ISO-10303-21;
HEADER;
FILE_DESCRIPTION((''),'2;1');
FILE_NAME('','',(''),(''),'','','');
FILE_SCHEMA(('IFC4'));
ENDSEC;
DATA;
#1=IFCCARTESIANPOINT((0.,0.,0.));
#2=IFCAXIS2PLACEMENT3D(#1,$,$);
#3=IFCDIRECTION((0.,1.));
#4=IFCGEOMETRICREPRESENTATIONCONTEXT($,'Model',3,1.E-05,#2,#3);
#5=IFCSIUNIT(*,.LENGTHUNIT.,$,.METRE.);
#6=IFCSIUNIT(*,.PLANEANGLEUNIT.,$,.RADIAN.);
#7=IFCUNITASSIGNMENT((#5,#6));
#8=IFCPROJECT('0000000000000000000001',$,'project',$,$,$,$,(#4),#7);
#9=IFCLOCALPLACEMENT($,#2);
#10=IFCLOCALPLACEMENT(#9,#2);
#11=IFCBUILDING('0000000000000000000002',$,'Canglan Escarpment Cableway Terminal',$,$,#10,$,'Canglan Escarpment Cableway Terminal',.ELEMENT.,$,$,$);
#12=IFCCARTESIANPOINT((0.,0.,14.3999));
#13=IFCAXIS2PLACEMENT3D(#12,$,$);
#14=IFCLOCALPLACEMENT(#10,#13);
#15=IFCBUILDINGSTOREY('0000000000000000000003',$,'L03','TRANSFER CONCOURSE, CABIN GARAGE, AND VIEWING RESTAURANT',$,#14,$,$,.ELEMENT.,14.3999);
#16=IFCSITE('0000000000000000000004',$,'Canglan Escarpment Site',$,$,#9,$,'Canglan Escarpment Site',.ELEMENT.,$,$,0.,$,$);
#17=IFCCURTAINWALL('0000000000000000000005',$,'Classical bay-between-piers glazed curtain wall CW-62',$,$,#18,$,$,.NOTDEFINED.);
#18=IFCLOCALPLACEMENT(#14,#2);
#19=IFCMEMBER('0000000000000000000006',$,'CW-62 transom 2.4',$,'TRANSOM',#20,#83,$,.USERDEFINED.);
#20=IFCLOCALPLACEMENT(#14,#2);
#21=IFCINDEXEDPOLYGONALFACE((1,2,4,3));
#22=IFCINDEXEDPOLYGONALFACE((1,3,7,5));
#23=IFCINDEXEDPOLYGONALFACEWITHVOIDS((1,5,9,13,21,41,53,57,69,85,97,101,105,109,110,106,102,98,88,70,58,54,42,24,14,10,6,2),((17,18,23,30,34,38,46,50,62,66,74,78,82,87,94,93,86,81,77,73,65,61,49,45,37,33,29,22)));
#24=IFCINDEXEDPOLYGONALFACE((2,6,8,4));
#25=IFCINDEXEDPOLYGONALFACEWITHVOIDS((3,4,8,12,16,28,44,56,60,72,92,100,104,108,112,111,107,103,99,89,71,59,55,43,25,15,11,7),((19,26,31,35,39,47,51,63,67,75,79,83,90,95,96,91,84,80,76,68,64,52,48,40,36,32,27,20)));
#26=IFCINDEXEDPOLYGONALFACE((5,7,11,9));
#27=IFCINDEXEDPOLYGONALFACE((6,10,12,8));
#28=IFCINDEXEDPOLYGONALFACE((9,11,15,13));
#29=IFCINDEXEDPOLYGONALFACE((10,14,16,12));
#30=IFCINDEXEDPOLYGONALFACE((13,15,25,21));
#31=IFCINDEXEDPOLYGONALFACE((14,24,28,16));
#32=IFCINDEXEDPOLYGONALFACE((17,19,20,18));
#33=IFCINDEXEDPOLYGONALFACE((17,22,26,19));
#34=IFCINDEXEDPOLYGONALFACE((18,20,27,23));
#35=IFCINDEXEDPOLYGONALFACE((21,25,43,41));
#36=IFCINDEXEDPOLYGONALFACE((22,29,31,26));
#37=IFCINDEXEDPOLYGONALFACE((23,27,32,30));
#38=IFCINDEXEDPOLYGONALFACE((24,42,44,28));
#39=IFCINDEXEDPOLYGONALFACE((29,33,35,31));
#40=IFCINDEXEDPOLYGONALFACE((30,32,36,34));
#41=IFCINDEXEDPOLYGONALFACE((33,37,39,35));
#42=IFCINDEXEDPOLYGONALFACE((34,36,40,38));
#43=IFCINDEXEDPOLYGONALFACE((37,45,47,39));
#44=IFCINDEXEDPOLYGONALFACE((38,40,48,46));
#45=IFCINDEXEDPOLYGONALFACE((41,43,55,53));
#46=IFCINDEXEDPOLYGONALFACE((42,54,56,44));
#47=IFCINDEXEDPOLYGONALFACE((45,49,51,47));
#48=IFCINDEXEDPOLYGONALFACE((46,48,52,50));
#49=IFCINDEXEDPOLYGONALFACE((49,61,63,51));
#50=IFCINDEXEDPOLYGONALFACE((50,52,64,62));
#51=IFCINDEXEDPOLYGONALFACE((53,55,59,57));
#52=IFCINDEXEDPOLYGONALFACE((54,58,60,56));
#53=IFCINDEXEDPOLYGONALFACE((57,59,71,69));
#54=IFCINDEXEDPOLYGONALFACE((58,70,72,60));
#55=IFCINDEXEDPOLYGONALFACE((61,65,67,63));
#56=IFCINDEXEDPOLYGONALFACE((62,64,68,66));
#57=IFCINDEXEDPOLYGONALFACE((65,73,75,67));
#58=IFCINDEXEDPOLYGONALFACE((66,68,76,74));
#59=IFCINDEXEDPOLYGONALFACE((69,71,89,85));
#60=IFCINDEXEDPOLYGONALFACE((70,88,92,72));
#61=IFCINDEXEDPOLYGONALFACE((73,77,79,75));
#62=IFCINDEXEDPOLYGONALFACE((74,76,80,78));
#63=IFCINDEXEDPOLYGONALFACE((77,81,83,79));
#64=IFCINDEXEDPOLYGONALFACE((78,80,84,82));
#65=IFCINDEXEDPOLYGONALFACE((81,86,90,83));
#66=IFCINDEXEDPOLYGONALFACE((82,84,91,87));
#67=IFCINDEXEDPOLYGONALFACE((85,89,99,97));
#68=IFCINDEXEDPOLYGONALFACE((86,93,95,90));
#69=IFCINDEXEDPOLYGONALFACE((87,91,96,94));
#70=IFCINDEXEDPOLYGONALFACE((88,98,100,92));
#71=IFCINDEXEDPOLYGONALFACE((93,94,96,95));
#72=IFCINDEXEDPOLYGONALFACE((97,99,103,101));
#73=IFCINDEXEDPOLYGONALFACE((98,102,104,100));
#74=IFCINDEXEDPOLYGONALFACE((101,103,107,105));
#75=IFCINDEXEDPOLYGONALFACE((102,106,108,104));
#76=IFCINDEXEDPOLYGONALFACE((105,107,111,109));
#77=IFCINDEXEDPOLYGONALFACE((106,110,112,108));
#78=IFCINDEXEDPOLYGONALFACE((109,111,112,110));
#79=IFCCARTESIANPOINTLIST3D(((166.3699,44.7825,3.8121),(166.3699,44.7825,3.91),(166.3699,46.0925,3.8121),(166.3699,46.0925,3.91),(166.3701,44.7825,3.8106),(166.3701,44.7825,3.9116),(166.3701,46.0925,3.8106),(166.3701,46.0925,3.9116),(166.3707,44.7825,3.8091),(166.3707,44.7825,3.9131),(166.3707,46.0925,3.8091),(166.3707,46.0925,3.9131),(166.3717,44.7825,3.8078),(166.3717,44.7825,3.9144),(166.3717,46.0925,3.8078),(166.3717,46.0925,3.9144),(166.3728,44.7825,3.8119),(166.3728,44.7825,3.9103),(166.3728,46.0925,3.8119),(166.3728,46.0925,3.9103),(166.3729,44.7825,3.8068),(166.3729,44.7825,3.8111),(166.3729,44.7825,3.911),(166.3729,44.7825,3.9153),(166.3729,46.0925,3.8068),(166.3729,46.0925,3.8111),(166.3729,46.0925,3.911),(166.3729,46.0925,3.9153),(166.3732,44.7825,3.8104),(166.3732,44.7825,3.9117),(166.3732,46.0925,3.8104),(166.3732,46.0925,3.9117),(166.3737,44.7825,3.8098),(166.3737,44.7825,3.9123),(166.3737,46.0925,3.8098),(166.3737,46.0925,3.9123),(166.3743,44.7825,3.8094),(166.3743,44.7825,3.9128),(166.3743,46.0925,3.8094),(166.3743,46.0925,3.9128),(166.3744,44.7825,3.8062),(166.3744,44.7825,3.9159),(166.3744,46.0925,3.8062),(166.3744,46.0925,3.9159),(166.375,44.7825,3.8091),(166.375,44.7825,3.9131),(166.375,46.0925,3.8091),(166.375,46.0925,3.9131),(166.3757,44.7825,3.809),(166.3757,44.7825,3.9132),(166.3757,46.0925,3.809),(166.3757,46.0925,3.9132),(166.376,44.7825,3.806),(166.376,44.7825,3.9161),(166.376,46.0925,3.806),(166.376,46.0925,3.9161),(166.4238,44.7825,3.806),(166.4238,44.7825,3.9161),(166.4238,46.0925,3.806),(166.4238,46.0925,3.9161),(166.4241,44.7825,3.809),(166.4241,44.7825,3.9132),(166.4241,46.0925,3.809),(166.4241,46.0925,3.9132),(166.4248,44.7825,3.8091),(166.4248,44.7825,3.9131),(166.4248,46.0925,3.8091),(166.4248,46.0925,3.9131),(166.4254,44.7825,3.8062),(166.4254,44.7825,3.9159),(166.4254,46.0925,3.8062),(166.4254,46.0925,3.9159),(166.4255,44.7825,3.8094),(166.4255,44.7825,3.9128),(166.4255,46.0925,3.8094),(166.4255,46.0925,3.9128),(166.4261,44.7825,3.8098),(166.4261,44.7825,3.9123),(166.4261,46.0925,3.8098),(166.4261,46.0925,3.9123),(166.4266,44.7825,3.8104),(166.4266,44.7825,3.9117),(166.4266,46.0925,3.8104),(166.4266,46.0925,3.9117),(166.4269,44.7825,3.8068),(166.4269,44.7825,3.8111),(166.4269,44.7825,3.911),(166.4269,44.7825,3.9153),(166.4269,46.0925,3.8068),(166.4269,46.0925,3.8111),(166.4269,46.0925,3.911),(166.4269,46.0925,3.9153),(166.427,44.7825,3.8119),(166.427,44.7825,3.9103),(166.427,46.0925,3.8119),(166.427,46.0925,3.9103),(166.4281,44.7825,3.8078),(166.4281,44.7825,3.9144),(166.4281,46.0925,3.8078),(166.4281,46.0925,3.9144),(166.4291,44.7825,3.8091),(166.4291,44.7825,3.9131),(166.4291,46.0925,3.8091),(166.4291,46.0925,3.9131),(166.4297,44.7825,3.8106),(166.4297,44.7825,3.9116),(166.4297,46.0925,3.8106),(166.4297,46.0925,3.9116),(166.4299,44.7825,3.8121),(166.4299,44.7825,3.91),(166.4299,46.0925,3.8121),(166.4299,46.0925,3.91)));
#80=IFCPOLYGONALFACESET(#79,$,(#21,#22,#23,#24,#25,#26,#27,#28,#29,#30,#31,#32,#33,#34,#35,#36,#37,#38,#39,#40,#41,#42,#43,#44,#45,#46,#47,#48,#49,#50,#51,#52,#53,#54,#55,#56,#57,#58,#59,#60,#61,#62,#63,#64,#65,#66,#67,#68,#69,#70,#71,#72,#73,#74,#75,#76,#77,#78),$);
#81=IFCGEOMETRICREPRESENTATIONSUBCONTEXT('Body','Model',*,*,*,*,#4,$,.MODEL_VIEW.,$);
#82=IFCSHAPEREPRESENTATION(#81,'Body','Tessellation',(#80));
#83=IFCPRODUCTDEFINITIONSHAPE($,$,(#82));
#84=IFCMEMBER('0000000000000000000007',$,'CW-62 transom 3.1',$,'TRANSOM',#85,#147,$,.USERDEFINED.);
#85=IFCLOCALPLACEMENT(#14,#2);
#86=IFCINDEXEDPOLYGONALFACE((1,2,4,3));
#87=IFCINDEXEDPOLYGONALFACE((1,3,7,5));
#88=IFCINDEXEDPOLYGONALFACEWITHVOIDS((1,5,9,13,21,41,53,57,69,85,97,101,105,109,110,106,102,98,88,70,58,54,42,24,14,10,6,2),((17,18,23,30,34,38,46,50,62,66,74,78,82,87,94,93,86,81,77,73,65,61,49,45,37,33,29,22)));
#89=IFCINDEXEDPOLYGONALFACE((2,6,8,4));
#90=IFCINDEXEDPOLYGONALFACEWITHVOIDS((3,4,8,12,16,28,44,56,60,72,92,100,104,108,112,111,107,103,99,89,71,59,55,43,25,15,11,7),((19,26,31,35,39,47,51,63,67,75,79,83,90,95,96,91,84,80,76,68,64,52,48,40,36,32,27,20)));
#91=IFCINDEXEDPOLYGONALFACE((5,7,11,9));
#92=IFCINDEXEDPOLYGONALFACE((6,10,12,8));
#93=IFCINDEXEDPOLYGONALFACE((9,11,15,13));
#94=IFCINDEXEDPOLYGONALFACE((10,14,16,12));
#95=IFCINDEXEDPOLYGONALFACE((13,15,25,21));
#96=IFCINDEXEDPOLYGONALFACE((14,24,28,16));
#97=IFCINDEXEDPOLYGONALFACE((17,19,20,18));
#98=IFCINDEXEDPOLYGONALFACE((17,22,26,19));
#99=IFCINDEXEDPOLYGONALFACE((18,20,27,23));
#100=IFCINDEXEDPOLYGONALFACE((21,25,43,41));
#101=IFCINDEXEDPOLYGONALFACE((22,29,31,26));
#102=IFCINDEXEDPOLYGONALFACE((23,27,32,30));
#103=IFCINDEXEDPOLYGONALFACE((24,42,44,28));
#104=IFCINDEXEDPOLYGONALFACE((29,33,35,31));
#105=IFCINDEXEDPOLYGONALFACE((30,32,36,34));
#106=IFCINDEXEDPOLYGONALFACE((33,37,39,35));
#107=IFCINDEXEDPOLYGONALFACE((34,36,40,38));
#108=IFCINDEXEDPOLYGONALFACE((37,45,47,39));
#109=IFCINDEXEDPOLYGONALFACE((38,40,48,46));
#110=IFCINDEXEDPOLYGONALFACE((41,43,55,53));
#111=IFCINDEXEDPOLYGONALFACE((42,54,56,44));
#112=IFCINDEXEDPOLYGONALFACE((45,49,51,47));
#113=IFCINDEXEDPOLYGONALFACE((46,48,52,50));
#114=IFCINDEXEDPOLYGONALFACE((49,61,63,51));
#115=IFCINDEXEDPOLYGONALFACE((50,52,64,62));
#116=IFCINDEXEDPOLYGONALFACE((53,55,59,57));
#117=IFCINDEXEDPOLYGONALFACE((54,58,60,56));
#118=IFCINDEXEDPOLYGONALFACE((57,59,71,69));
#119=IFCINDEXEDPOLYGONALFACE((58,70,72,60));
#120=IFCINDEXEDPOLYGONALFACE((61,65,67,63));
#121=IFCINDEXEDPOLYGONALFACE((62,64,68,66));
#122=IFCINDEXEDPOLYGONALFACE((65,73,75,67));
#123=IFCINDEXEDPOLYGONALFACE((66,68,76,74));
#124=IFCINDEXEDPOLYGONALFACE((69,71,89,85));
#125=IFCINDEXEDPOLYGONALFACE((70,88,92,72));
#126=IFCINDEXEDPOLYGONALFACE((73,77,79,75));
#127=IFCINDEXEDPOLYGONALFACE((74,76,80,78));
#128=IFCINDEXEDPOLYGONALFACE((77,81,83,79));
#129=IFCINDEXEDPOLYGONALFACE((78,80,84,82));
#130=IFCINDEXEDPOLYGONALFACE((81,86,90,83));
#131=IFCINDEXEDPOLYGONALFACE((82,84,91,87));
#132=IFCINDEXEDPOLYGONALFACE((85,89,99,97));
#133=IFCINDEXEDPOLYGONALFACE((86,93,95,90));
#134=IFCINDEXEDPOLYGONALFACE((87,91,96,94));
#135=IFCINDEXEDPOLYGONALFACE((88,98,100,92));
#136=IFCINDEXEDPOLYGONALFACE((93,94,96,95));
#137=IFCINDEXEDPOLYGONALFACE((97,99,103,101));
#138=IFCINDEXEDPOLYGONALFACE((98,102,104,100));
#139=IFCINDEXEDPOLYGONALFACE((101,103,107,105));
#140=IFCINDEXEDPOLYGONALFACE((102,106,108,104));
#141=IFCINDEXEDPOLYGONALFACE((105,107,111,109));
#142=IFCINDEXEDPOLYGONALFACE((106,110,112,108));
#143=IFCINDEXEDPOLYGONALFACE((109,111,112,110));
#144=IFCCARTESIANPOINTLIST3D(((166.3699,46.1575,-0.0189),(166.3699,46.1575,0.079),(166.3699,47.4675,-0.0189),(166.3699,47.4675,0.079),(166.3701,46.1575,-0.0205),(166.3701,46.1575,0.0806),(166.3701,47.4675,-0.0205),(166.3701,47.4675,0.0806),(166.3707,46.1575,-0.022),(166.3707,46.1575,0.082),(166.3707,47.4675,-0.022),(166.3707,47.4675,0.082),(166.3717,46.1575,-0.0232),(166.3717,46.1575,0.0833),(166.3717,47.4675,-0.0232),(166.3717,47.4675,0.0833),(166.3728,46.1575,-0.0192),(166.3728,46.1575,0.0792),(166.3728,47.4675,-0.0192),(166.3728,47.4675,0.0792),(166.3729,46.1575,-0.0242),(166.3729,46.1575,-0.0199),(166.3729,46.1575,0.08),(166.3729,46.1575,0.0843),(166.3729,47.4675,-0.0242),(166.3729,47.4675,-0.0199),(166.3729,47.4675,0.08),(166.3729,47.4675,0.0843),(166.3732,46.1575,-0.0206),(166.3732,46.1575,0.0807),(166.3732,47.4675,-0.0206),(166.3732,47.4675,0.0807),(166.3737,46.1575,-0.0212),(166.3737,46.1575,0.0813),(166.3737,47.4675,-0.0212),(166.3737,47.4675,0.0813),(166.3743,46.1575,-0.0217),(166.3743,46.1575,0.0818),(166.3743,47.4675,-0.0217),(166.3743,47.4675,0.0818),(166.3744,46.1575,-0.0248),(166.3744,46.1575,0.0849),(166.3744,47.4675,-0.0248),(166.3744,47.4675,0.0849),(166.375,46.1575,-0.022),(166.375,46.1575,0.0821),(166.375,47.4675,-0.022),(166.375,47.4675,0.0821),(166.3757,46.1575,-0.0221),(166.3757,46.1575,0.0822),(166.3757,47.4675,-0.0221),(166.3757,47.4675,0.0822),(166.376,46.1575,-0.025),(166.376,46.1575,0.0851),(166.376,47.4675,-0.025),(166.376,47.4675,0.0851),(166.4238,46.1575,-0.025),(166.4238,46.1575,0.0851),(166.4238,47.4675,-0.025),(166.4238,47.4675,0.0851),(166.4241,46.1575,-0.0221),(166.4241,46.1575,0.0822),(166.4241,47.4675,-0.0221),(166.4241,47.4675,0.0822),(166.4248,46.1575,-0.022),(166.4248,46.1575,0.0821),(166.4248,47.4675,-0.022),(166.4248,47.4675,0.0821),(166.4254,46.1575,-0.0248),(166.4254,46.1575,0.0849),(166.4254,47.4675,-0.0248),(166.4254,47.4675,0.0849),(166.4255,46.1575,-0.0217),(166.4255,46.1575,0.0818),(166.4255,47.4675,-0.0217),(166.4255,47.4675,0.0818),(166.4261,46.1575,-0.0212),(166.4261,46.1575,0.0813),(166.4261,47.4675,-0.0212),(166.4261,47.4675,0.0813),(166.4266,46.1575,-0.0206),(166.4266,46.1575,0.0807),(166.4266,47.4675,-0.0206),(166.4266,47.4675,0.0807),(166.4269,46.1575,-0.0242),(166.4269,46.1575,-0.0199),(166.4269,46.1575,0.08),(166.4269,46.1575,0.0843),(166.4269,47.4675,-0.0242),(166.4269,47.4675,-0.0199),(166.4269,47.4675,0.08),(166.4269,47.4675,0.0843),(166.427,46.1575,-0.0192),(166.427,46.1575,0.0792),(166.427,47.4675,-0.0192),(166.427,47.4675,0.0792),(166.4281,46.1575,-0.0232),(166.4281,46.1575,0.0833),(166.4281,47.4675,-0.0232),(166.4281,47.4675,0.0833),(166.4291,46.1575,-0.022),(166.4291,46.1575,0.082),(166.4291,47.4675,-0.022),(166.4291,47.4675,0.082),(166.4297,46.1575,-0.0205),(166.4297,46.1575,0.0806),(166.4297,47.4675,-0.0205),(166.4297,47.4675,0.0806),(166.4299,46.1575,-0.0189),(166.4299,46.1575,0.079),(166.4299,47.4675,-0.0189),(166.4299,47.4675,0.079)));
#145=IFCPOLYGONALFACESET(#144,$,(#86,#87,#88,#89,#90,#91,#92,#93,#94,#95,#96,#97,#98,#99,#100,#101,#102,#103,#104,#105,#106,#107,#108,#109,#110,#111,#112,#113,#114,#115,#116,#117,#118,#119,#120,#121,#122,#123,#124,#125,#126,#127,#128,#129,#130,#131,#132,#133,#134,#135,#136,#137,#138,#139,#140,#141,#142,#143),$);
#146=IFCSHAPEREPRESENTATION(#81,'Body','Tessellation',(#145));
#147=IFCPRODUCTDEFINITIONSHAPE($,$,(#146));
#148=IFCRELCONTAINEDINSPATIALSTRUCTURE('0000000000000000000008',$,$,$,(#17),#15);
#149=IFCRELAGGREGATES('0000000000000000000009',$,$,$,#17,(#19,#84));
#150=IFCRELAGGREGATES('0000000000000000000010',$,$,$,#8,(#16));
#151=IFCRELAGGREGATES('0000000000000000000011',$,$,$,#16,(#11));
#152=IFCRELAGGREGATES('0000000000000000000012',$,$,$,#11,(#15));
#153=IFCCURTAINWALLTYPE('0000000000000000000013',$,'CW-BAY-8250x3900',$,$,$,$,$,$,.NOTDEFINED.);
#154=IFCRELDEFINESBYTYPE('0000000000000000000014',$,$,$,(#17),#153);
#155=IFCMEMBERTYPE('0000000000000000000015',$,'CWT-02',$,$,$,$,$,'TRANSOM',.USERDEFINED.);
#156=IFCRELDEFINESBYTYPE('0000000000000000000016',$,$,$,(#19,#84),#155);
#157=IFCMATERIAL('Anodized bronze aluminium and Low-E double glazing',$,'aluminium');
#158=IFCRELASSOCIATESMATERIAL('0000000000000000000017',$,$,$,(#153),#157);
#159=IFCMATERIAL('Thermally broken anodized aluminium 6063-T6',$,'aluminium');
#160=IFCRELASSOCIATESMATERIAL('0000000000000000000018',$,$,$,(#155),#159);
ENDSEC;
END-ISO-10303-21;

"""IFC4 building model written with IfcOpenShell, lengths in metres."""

from ifc_helpers import new_model, si_unit, direction, frame, origin, origin_2d, place, context, subcontext, project, spatial, hollow_rectangle, extrude, material, material_profile, profile_set, type_object, element, aggregate, save


model = new_model("IFC4")

# Units and contexts
model_context = context("Model", 3, precision=1e-05, world=origin(), true_north=direction((0.0, 1.0)))
body_context = subcontext(model_context, "Body", "Model", "MODEL_VIEW")
ifc_project = project(units=[si_unit("LENGTHUNIT", "METRE"), si_unit("PLANEANGLEUNIT", "RADIAN")], contexts=[model_context])

# Site, building, storey
site_placement = place(None, origin())
site = spatial("IfcSite", under=ifc_project, at=site_placement, Name="Canglan Escarpment Site", LongName="Canglan Escarpment Site", CompositionType="ELEMENT", RefElevation=0.0)
building_placement = place(site_placement, origin())
building = spatial("IfcBuilding", under=site, at=building_placement, Name="Canglan Escarpment Cableway Terminal", LongName="Canglan Escarpment Cableway Terminal", CompositionType="ELEMENT")
storey_placement = place(building_placement, frame((0.0, 0.0, 14.3999)))
storey = spatial("IfcBuildingStorey", under=building, at=storey_placement, Name="L03", Description="TRANSFER CONCOURSE, CABIN GARAGE, AND VIEWING RESTAURANT", CompositionType="ELEMENT", Elevation=14.3999)

# Curtain wall, members
ifc_material_1 = material(Name="Anodized bronze aluminium and Low-E double glazing", Category="aluminium")
curtain_wall_type = type_object("IfcCurtainWallType", Name="CW-BAY-8250x3900", PredefinedType="NOTDEFINED", material=ifc_material_1)
curtain_wall_placement = place(storey_placement, origin())
curtain_wall = element("IfcCurtainWall", 1, at=curtain_wall_placement, inside=storey, type_object=curtain_wall_type, Name="Classical bay-between-piers glazed curtain wall CW-62", PredefinedType="NOTDEFINED")
ifc_material_2 = material(Name="Thermally broken anodized aluminium 6063-T6", Category="aluminium")
ifc_material_profile_1 = material_profile(ifc_material_2, hollow_rectangle(XDim=0.0601, YDim=0.1101, WallThickness=0.0029, InnerFilletRadius=0.0029, OuterFilletRadius=0.0061, at=origin_2d()), Name="ALU-TRAN 60x110x3")
ifc_profile_set_1 = profile_set([ifc_material_profile_1], Name="Thermally broken anodized aluminium 6063-T6")
member_type_1 = type_object("IfcMemberType", Name="CWT-02", ElementType="TRANSOM", PredefinedType="USERDEFINED", material=ifc_profile_set_1)
member_1_placement = place(storey_placement, frame((166.3999, 44.7825, 3.8611), z_axis=(0.0, 1.0, 0.0), x_axis=(-1.0, 0.0, 0.0)))
member_1 = element("IfcMember", 2, at=member_1_placement, type_object=member_type_1, Name="CW-62 transom 2.4", ObjectType="TRANSOM", PredefinedType="USERDEFINED", context=body_context, shape_type="SweptSolid", body=[
    extrude(hollow_rectangle(XDim=0.0601, YDim=0.1101, WallThickness=0.0029, InnerFilletRadius=0.0029, OuterFilletRadius=0.0061, at=origin_2d()), origin(), (0.0, 0.0, 1.0), 1.3101),
])
member_2_placement = place(storey_placement, frame((166.3999, 46.1575, 0.03), z_axis=(0.0, 1.0, 0.0), x_axis=(-1.0, 0.0, 0.0)))
member_2 = element("IfcMember", 3, at=member_2_placement, type_object=member_type_1, Name="CW-62 transom 3.1", ObjectType="TRANSOM", PredefinedType="USERDEFINED", context=body_context, shape_type="SweptSolid", body=[
    extrude(hollow_rectangle(XDim=0.0601, YDim=0.1101, WallThickness=0.0029, InnerFilletRadius=0.0029, OuterFilletRadius=0.0061, at=origin_2d()), origin(), (0.0, 0.0, 1.0), 1.3101),
])
aggregate(curtain_wall, [member_1, member_2])

save(model, "model.ifc")
